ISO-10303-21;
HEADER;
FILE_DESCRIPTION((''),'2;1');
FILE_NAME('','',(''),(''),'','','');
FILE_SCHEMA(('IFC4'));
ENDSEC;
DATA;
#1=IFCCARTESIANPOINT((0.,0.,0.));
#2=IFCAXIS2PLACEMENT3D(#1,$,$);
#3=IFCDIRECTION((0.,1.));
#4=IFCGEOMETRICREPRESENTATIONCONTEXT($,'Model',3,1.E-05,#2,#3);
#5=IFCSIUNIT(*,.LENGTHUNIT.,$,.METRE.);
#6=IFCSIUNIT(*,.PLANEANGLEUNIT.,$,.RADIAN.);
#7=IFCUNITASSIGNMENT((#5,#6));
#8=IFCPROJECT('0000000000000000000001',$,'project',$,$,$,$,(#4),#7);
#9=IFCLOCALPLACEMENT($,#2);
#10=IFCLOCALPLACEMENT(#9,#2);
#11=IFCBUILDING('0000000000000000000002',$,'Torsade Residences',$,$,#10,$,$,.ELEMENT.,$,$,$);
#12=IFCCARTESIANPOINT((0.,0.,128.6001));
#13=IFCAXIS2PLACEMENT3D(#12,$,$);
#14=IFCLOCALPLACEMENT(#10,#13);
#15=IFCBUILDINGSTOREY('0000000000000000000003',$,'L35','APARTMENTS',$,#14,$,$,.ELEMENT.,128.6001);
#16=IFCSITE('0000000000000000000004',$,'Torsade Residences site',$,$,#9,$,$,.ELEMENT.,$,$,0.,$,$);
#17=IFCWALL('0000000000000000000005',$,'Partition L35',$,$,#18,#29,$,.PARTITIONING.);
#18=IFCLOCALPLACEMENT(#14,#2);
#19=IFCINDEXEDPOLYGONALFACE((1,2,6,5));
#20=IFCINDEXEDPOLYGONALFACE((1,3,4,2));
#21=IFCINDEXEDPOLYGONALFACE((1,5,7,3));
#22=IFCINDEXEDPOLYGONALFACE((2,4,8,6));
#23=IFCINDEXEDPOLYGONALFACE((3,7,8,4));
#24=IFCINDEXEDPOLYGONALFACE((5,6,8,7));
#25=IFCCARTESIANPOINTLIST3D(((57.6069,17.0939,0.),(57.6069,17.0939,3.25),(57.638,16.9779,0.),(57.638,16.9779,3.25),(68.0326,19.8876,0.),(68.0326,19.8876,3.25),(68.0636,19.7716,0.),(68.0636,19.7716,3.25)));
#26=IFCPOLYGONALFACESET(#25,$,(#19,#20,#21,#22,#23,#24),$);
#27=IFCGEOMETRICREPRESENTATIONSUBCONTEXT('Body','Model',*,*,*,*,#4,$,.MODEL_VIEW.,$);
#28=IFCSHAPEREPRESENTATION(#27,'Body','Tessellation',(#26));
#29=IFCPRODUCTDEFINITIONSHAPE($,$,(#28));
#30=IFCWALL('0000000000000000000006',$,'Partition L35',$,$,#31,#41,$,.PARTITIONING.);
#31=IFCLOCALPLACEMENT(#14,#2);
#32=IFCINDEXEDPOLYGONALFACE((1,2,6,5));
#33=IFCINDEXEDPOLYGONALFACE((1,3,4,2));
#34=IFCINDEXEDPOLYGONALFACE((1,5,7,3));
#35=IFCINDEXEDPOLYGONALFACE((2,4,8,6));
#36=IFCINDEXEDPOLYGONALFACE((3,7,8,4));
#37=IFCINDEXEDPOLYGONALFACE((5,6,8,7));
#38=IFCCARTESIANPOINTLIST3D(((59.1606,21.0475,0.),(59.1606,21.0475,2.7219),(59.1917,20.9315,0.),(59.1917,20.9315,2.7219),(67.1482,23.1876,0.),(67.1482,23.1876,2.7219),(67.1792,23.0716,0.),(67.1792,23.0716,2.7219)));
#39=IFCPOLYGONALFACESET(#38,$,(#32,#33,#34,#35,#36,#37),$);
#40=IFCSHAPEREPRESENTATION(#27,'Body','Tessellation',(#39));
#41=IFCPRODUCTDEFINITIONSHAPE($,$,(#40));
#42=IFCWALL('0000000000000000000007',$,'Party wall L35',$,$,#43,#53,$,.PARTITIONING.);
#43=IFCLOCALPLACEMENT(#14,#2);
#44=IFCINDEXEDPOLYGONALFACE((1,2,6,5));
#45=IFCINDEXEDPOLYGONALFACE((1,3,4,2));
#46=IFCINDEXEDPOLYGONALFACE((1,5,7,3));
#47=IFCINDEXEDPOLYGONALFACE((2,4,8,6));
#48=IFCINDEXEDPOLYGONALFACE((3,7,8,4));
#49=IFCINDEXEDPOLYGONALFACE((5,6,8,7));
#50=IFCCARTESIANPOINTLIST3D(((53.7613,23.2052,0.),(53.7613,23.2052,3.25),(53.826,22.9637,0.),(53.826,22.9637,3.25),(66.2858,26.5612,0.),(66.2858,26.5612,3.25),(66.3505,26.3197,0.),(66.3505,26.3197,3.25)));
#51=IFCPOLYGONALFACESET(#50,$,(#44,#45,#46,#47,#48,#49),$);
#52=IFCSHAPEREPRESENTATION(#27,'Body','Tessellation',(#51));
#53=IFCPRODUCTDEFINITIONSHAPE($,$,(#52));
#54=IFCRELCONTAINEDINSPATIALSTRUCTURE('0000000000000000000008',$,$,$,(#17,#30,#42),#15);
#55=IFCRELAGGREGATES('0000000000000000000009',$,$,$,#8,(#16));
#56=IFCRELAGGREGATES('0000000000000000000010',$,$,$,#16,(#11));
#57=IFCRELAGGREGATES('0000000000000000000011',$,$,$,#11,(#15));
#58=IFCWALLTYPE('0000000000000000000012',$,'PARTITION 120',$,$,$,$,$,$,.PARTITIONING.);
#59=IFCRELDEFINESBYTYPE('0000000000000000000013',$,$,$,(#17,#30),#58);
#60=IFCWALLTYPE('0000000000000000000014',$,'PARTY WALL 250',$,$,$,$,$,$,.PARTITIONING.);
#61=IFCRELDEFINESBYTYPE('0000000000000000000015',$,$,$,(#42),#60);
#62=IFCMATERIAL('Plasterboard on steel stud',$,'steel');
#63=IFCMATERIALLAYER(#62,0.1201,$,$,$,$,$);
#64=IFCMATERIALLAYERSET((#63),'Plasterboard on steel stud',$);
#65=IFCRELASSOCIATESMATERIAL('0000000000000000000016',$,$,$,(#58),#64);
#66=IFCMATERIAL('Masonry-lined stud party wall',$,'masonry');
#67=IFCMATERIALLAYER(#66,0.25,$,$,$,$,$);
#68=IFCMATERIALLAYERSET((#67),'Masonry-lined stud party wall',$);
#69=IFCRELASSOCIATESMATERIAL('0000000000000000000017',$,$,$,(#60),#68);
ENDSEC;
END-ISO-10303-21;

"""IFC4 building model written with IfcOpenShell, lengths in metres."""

from ifc_helpers import new_model, si_unit, direction, frame, frame_2d, origin, place, context, subcontext, project, spatial, rectangle, extrude, material, layer, layer_set, type_object, element, save


model = new_model("IFC4")

# Units and contexts
model_context = context("Model", 3, precision=1e-05, world=origin(), true_north=direction((0.0, 1.0)))
body_context = subcontext(model_context, "Body", "Model", "MODEL_VIEW")
ifc_project = project(units=[si_unit("LENGTHUNIT", "METRE"), si_unit("PLANEANGLEUNIT", "RADIAN")], contexts=[model_context])

# Site, building, storey
site_placement = place(None, origin())
site = spatial("IfcSite", under=ifc_project, at=site_placement, Name="Torsade Residences site", CompositionType="ELEMENT", RefElevation=0.0)
building_placement = place(site_placement, origin())
building = spatial("IfcBuilding", under=site, at=building_placement, Name="Torsade Residences", CompositionType="ELEMENT")
storey_placement = place(building_placement, frame((0.0, 0.0, 128.6001)))
storey = spatial("IfcBuildingStorey", under=building, at=storey_placement, Name="L35", Description="APARTMENTS", CompositionType="ELEMENT", Elevation=128.6001)

# Walls
ifc_material_1 = material(Name="Plasterboard on steel stud", Category="steel")
ifc_layer_1 = layer(ifc_material_1, 0.1201)
ifc_layer_set_1 = layer_set([ifc_layer_1], Name="Plasterboard on steel stud")
wall_type_1 = type_object("IfcWallType", Name="PARTITION 120", PredefinedType="PARTITIONING", material=ifc_layer_set_1)
wall_1_placement = place(storey_placement, frame((68.0481, 19.8296, 0.0), z_axis=(0.0, 0.0, 1.0), x_axis=(-0.965921, -0.258835, 0.0)))
element("IfcWall", 1, at=wall_1_placement, inside=storey, type_object=wall_type_1, Name="Partition L35", PredefinedType="PARTITIONING", context=body_context, shape_type="SweptSolid", body=[
    extrude(rectangle(XDim=10.7935, YDim=0.1201, at=frame_2d((5.3967, 0.0))), origin(), (0.0, 0.0, 1.0), 3.25),
])
wall_2_placement = place(storey_placement, frame((67.1638, 23.1296, 0.0), z_axis=(0.0, 0.0, 1.0), x_axis=(-0.965929, -0.258805, 0.0)))
element("IfcWall", 2, at=wall_2_placement, inside=storey, type_object=wall_type_1, Name="Partition L35", PredefinedType="PARTITIONING", context=body_context, shape_type="SweptSolid", body=[
    extrude(rectangle(XDim=8.2693, YDim=0.1201, at=frame_2d((4.1348, 0.0))), origin(), (0.0, 0.0, 1.0), 2.7219),
])
ifc_material_2 = material(Name="Masonry-lined stud party wall", Category="masonry")
ifc_layer_2 = layer(ifc_material_2, 0.25)
ifc_layer_set_2 = layer_set([ifc_layer_2], Name="Masonry-lined stud party wall")
wall_type_2 = type_object("IfcWallType", Name="PARTY WALL 250", PredefinedType="PARTITIONING", material=ifc_layer_set_2)
wall_3_placement = place(storey_placement, frame((66.3181, 26.4404, 0.0), z_axis=(0.0, 0.0, 1.0), x_axis=(-0.965925, -0.258823, 0.0)))
element("IfcWall", 3, at=wall_3_placement, inside=storey, type_object=wall_type_2, Name="Party wall L35", PredefinedType="PARTITIONING", context=body_context, shape_type="SweptSolid", body=[
    extrude(rectangle(XDim=12.9663, YDim=0.25, at=frame_2d((6.4832, 0.0))), origin(), (0.0, 0.0, 1.0), 3.25),
])

save(model, "model.ifc")
